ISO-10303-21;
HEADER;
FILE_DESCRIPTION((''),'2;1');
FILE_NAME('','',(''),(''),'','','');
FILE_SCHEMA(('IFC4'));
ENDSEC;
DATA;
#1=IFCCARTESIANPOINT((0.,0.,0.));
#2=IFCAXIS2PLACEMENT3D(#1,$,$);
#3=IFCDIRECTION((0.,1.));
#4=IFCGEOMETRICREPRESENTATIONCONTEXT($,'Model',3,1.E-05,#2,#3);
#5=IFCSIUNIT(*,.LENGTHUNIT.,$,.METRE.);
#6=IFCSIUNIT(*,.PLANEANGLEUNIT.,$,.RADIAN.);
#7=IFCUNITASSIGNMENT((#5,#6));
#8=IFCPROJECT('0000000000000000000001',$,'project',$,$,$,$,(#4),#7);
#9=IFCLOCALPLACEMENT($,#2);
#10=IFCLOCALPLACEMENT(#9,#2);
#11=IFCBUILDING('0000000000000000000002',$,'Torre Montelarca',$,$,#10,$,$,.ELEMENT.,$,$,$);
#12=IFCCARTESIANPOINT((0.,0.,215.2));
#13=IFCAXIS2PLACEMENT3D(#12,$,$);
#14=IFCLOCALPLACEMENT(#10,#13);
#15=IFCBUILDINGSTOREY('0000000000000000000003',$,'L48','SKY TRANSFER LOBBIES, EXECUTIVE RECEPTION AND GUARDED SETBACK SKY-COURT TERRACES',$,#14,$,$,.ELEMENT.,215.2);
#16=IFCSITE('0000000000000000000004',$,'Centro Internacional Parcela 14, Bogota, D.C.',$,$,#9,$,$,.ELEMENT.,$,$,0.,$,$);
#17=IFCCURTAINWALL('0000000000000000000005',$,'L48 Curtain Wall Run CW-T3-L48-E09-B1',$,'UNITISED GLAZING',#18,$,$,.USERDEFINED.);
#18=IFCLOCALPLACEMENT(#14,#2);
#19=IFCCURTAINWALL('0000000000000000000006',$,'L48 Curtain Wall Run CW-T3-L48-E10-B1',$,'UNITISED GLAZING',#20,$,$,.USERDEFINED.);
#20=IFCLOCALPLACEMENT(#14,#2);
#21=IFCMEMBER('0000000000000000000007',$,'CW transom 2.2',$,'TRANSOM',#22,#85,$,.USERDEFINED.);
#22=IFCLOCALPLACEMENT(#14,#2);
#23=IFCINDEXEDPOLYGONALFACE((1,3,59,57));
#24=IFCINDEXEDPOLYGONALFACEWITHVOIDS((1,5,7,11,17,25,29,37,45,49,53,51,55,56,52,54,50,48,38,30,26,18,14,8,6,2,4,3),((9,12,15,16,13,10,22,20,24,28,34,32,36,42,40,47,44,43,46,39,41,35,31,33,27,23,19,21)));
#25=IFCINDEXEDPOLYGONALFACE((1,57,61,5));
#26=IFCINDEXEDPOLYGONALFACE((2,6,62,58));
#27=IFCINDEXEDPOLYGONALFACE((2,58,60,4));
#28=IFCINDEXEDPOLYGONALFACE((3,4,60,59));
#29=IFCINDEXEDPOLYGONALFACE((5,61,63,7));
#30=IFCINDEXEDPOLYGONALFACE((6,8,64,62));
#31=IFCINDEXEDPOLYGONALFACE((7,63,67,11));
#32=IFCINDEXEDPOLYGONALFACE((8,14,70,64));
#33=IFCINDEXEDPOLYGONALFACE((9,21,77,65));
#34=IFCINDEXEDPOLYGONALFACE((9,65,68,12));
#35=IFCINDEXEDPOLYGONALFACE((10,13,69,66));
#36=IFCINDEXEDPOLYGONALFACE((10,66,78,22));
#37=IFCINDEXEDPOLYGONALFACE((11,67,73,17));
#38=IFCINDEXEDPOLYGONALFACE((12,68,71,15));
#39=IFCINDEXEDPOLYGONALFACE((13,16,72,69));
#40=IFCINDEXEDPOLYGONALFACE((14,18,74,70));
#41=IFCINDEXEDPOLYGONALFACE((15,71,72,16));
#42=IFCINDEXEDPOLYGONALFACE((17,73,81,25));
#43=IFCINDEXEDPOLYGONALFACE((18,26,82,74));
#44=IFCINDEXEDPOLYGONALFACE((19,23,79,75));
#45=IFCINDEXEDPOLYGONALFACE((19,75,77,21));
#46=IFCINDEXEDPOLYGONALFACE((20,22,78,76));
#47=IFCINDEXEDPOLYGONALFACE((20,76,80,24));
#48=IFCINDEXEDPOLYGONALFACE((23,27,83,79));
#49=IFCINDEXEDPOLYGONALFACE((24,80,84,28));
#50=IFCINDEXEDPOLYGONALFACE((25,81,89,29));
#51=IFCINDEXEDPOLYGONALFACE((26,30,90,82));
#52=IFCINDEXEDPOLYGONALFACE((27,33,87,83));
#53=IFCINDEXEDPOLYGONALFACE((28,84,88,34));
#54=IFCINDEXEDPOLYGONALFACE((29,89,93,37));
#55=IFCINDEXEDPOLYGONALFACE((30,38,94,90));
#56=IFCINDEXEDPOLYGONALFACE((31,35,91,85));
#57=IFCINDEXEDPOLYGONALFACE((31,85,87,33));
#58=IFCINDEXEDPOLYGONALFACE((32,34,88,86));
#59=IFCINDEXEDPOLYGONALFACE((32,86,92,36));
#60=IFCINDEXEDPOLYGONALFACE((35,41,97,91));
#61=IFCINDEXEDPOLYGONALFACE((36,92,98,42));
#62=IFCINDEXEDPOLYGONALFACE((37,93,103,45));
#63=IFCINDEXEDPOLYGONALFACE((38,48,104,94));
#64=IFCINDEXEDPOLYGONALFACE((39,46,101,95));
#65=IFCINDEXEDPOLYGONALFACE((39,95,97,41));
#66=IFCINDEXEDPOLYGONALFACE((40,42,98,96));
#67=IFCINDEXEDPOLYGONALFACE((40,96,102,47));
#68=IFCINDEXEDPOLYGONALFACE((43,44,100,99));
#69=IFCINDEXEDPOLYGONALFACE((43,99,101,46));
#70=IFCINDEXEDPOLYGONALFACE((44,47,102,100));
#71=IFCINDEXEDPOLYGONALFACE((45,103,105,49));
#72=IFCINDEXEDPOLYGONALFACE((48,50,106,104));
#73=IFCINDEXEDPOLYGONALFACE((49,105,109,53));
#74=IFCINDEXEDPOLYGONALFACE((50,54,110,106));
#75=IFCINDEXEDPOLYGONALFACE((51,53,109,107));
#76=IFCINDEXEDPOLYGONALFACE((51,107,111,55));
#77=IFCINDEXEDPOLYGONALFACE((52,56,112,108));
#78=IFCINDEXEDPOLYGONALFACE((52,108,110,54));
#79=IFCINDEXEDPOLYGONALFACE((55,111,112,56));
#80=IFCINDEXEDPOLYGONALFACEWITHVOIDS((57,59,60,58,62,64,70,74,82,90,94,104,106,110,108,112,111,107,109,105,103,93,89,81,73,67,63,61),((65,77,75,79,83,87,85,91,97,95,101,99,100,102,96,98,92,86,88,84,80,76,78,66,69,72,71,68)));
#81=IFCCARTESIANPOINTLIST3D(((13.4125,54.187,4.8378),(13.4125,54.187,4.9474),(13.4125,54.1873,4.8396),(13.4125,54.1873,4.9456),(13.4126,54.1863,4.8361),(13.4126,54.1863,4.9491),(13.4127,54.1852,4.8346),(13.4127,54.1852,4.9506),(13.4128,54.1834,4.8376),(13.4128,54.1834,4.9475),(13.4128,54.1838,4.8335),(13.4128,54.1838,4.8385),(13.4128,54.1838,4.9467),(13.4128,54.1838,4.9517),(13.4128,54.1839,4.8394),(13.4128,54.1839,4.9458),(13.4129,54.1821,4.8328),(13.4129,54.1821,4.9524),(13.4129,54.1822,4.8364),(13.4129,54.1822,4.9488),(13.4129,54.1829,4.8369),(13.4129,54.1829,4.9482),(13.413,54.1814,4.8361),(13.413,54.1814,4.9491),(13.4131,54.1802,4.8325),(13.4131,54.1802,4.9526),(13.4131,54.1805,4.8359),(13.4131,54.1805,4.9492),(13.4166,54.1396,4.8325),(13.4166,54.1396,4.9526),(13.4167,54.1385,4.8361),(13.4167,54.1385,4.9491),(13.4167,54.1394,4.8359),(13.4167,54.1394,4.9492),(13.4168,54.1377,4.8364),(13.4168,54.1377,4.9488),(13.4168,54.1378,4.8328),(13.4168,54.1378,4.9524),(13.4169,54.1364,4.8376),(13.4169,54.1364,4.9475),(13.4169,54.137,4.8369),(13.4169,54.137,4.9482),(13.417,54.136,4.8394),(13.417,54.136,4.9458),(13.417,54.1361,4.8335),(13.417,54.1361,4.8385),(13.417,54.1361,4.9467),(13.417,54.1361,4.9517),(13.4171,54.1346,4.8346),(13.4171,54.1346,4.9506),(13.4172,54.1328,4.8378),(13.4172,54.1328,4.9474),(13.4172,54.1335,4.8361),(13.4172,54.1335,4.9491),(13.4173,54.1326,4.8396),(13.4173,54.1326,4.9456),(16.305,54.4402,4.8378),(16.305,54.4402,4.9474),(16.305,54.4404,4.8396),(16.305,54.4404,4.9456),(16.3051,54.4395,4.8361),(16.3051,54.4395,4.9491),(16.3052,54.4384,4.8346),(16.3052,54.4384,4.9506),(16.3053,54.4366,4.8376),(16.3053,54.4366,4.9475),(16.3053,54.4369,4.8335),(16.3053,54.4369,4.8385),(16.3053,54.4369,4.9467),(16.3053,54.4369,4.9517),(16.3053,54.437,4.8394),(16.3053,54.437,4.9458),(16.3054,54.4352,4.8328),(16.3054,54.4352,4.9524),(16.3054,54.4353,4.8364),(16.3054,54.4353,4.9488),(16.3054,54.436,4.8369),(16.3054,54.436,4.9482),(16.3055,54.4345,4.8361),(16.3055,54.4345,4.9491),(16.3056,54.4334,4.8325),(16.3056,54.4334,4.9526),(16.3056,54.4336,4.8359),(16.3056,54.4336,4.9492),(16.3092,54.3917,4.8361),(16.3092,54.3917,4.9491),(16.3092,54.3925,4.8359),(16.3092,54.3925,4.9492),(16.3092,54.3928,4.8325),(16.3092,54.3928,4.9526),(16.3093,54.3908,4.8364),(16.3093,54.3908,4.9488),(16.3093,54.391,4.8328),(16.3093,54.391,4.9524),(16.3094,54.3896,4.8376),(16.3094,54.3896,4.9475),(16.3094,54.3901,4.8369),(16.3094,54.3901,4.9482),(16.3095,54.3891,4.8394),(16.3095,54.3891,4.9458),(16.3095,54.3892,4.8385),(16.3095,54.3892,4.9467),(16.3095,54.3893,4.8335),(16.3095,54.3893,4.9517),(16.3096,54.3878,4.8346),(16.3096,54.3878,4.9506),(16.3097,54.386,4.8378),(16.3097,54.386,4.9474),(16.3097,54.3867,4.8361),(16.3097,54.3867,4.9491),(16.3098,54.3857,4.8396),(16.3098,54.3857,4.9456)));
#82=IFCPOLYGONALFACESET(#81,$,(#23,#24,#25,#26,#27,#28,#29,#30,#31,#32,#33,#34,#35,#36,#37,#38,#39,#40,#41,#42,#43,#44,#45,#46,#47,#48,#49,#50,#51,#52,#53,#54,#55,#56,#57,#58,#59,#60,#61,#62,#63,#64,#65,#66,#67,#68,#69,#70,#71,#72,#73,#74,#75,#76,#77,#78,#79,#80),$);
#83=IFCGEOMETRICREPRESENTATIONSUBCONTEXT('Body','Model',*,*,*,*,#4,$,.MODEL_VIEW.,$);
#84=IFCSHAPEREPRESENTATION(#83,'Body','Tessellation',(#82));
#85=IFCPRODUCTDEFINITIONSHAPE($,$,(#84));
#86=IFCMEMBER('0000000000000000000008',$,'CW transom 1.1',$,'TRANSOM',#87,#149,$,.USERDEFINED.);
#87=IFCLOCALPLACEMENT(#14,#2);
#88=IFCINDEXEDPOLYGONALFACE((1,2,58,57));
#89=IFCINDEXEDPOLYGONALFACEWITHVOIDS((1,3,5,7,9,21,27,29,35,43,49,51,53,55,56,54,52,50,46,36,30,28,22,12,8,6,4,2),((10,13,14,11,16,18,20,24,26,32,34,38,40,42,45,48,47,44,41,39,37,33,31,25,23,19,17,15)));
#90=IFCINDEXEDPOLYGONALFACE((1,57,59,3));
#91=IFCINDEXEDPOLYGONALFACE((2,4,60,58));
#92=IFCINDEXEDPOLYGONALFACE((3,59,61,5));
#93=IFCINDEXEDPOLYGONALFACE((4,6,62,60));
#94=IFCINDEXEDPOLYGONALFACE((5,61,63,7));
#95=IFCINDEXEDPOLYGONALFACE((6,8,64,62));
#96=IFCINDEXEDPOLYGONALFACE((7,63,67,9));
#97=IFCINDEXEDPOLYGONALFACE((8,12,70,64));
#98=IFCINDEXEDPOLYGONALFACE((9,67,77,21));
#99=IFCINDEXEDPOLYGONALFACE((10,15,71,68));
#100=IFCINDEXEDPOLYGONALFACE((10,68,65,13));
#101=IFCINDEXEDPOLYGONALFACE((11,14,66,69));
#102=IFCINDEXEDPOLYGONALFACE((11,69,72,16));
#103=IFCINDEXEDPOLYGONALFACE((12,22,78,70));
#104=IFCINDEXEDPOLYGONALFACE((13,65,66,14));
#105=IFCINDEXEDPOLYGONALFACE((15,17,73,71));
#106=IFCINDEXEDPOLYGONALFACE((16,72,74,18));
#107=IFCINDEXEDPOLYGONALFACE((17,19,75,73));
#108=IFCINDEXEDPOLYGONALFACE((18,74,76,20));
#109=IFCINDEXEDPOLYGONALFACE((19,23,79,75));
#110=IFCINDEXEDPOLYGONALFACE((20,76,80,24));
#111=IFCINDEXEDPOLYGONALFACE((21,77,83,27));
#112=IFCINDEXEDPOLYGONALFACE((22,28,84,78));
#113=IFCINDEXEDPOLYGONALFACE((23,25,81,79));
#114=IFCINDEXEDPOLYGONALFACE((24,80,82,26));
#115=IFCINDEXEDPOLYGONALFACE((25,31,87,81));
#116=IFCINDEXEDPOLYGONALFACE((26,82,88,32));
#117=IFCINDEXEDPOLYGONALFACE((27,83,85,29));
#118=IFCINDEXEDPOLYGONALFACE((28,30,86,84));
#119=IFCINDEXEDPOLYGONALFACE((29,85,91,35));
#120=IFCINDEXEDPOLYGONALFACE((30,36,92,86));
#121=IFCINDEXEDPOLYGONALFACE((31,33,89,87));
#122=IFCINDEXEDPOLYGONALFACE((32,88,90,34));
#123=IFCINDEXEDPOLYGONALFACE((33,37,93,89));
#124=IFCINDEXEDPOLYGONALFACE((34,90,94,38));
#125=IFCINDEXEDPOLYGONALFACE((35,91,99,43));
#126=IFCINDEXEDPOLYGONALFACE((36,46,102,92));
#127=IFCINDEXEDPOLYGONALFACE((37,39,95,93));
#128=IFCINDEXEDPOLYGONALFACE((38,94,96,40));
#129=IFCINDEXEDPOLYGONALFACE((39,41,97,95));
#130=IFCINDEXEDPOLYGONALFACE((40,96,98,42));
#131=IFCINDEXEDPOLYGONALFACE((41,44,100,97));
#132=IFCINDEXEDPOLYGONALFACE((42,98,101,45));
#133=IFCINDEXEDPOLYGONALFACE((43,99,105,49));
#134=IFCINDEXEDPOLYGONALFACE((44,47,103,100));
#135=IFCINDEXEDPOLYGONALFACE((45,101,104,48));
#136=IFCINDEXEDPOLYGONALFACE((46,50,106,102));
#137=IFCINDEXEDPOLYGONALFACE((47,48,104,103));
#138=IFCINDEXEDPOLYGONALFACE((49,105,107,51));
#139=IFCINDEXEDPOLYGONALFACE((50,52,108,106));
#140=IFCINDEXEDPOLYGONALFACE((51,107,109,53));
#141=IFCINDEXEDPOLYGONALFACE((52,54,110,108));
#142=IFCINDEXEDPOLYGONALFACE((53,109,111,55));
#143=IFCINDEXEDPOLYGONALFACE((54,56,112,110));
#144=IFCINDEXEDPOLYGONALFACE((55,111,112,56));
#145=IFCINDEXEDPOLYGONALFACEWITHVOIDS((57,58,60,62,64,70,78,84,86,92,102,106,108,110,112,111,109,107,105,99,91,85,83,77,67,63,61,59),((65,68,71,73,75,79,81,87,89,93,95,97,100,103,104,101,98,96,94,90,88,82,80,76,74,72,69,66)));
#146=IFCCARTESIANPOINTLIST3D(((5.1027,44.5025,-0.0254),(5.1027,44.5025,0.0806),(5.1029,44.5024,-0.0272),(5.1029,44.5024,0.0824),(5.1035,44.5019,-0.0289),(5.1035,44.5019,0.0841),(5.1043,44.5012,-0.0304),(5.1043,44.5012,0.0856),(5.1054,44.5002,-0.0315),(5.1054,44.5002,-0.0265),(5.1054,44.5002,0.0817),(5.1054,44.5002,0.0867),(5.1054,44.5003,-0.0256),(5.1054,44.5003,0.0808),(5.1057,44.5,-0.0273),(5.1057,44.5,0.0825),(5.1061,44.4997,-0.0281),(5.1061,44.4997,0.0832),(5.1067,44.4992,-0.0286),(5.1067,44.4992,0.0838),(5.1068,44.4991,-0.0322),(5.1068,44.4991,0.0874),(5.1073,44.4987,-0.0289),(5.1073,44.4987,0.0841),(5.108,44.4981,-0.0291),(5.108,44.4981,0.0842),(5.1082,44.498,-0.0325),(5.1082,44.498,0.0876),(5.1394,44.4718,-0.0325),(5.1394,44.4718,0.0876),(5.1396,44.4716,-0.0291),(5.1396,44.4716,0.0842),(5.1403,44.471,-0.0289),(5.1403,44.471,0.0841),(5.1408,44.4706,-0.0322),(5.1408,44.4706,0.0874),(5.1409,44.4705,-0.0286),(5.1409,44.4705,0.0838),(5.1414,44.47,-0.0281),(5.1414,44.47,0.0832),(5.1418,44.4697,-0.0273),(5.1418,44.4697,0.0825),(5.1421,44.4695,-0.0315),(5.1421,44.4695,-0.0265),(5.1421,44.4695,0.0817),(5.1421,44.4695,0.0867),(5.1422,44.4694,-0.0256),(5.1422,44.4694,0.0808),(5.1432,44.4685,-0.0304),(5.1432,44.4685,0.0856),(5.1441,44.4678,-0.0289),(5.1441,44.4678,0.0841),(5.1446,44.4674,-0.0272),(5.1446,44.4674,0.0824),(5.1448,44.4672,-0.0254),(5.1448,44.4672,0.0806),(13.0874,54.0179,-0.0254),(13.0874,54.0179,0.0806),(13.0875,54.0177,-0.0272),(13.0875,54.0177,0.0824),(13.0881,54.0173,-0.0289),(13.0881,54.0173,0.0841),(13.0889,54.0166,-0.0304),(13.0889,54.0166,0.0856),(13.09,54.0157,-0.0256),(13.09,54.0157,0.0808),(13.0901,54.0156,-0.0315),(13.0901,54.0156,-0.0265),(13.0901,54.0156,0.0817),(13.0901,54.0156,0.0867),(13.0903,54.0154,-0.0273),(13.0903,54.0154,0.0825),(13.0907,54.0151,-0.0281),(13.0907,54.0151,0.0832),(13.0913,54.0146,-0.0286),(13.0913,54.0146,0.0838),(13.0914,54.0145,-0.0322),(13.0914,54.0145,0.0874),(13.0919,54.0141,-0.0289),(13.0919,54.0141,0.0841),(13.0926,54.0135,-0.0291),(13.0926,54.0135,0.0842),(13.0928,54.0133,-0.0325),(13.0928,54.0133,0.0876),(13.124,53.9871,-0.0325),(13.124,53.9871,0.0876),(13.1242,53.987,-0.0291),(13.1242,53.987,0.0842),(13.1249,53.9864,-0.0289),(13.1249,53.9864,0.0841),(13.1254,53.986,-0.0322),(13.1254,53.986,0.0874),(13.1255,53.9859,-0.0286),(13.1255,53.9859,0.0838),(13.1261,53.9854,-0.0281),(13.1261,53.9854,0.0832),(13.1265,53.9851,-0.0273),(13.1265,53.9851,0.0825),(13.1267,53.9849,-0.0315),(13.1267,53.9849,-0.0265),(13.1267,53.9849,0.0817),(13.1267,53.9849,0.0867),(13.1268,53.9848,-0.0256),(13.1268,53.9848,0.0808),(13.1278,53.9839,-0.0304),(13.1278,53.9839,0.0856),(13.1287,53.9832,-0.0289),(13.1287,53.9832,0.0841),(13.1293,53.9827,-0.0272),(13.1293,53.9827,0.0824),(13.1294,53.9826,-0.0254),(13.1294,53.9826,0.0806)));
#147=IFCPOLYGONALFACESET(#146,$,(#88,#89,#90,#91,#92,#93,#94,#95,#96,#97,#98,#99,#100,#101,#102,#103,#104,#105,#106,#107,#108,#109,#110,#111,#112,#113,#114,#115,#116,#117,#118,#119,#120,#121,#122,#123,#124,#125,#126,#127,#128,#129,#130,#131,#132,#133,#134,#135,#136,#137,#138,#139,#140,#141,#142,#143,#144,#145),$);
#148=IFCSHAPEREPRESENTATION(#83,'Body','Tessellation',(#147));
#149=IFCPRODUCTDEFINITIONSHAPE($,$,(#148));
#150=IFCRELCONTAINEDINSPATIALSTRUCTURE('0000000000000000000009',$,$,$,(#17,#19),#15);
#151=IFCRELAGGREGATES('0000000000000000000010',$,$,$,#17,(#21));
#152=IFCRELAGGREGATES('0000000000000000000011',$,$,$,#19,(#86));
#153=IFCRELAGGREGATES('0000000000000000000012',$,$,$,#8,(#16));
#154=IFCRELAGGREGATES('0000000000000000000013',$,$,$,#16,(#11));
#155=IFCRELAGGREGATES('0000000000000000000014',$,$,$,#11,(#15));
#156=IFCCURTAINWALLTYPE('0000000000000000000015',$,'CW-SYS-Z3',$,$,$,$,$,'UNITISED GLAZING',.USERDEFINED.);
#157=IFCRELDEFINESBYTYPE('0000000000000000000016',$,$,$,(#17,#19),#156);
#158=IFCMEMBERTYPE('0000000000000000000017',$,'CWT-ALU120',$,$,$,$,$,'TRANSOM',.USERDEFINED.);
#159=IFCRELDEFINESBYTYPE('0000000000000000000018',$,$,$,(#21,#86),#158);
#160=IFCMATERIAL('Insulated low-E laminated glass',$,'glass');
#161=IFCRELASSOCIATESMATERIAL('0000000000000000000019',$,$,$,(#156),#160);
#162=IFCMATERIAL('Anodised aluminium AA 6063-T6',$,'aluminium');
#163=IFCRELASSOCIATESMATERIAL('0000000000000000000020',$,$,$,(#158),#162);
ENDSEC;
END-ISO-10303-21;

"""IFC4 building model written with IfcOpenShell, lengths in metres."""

from ifc_helpers import new_model, si_unit, direction, frame, origin, origin_2d, place, context, subcontext, project, spatial, hollow_rectangle, extrude, source, transform, mapped, material, material_profile, profile_set, type_object, element, aggregate, save


model = new_model("IFC4")

# Units and contexts
model_context = context("Model", 3, precision=1e-05, world=origin(), true_north=direction((0.0, 1.0)))
body_context = subcontext(model_context, "Body", "Model", "MODEL_VIEW")
ifc_project = project(units=[si_unit("LENGTHUNIT", "METRE"), si_unit("PLANEANGLEUNIT", "RADIAN")], contexts=[model_context])

# Site, building, storey
site_placement = place(None, origin())
site = spatial("IfcSite", under=ifc_project, at=site_placement, Name="Centro Internacional Parcela 14, Bogota, D.C.", CompositionType="ELEMENT", RefElevation=0.0)
building_placement = place(site_placement, origin())
building = spatial("IfcBuilding", under=site, at=building_placement, Name="Torre Montelarca", CompositionType="ELEMENT")
storey_placement = place(building_placement, frame((0.0, 0.0, 215.2)))
storey = spatial("IfcBuildingStorey", under=building, at=storey_placement, Name="L48", Description="SKY TRANSFER LOBBIES, EXECUTIVE RECEPTION AND GUARDED SETBACK SKY-COURT TERRACES", CompositionType="ELEMENT", Elevation=215.2)

# Curtain walls
ifc_material_1 = material(Name="Insulated low-E laminated glass", Category="glass")
curtain_wall_type = type_object("IfcCurtainWallType", Name="CW-SYS-Z3", ElementType="UNITISED GLAZING", PredefinedType="USERDEFINED", material=ifc_material_1)
curtain_wall_1_placement = place(storey_placement, origin())
curtain_wall_1 = element("IfcCurtainWall", 1, at=curtain_wall_1_placement, inside=storey, type_object=curtain_wall_type, Name="L48 Curtain Wall Run CW-T3-L48-E09-B1", ObjectType="UNITISED GLAZING", PredefinedType="USERDEFINED")
ifc_material_2 = material(Name="Anodised aluminium AA 6063-T6", Category="aluminium")
curtain_wall_2_placement = place(storey_placement, origin())
curtain_wall_2 = element("IfcCurtainWall", 2, at=curtain_wall_2_placement, inside=storey, type_object=curtain_wall_type, Name="L48 Curtain Wall Run CW-T3-L48-E10-B1", ObjectType="UNITISED GLAZING", PredefinedType="USERDEFINED")

# Members
ifc_material_profile_1 = material_profile(ifc_material_2, hollow_rectangle(XDim=0.0549, YDim=0.1201, WallThickness=0.0034, InnerFilletRadius=0.0034, OuterFilletRadius=0.0071, at=origin_2d()), Name="ALU55X120X3.5", Category="aluminium")
ifc_profile_set_1 = profile_set([ifc_material_profile_1], Name="Anodised aluminium AA 6063-T6")
member_type_1 = type_object("IfcMemberType", Name="CWT-ALU120", ElementType="TRANSOM", PredefinedType="USERDEFINED", material=ifc_profile_set_1)
shared_shape_1 = source(origin(), body_context, "Body", "SweptSolid", [
    extrude(hollow_rectangle(XDim=0.0549, YDim=0.1201, WallThickness=0.0034, InnerFilletRadius=0.0034, OuterFilletRadius=0.0071, at=origin_2d()), origin(), (0.0, 0.0, 1.0), 2.9036),
])
member_1_placement = place(storey_placement, frame((16.3074, 54.4131, 4.8926), z_axis=(-0.996192, -0.087192, 0.0), x_axis=(0.087192, -0.996192, 0.0)))
member_1 = element("IfcMember", 3, at=member_1_placement, type_object=member_type_1, Name="CW transom 2.2", ObjectType="TRANSOM", PredefinedType="USERDEFINED", context=body_context, shape_type="MappedRepresentation", body=[
    mapped(shared_shape_1, transform((0.0, 0.0, 0.0), scale=1.0)),
])
shared_shape_2 = source(origin(), body_context, "Body", "SweptSolid", [
    extrude(hollow_rectangle(XDim=0.0549, YDim=0.1201, WallThickness=0.0034, InnerFilletRadius=0.0034, OuterFilletRadius=0.0071, at=origin_2d()), origin(), (0.0, 0.0, 1.0), 12.4216),
])
member_2_placement = place(storey_placement, frame((13.1084, 54.0002, 0.0276), z_axis=(-0.6428, -0.766034, 0.0), x_axis=(0.766034, -0.6428, 0.0)))
member_2 = element("IfcMember", 4, at=member_2_placement, type_object=member_type_1, Name="CW transom 1.1", ObjectType="TRANSOM", PredefinedType="USERDEFINED", context=body_context, shape_type="MappedRepresentation", body=[
    mapped(shared_shape_2, transform((0.0, 0.0, 0.0), scale=1.0)),
])

aggregate(curtain_wall_1, [member_1])
aggregate(curtain_wall_2, [member_2])

save(model, "model.ifc")
